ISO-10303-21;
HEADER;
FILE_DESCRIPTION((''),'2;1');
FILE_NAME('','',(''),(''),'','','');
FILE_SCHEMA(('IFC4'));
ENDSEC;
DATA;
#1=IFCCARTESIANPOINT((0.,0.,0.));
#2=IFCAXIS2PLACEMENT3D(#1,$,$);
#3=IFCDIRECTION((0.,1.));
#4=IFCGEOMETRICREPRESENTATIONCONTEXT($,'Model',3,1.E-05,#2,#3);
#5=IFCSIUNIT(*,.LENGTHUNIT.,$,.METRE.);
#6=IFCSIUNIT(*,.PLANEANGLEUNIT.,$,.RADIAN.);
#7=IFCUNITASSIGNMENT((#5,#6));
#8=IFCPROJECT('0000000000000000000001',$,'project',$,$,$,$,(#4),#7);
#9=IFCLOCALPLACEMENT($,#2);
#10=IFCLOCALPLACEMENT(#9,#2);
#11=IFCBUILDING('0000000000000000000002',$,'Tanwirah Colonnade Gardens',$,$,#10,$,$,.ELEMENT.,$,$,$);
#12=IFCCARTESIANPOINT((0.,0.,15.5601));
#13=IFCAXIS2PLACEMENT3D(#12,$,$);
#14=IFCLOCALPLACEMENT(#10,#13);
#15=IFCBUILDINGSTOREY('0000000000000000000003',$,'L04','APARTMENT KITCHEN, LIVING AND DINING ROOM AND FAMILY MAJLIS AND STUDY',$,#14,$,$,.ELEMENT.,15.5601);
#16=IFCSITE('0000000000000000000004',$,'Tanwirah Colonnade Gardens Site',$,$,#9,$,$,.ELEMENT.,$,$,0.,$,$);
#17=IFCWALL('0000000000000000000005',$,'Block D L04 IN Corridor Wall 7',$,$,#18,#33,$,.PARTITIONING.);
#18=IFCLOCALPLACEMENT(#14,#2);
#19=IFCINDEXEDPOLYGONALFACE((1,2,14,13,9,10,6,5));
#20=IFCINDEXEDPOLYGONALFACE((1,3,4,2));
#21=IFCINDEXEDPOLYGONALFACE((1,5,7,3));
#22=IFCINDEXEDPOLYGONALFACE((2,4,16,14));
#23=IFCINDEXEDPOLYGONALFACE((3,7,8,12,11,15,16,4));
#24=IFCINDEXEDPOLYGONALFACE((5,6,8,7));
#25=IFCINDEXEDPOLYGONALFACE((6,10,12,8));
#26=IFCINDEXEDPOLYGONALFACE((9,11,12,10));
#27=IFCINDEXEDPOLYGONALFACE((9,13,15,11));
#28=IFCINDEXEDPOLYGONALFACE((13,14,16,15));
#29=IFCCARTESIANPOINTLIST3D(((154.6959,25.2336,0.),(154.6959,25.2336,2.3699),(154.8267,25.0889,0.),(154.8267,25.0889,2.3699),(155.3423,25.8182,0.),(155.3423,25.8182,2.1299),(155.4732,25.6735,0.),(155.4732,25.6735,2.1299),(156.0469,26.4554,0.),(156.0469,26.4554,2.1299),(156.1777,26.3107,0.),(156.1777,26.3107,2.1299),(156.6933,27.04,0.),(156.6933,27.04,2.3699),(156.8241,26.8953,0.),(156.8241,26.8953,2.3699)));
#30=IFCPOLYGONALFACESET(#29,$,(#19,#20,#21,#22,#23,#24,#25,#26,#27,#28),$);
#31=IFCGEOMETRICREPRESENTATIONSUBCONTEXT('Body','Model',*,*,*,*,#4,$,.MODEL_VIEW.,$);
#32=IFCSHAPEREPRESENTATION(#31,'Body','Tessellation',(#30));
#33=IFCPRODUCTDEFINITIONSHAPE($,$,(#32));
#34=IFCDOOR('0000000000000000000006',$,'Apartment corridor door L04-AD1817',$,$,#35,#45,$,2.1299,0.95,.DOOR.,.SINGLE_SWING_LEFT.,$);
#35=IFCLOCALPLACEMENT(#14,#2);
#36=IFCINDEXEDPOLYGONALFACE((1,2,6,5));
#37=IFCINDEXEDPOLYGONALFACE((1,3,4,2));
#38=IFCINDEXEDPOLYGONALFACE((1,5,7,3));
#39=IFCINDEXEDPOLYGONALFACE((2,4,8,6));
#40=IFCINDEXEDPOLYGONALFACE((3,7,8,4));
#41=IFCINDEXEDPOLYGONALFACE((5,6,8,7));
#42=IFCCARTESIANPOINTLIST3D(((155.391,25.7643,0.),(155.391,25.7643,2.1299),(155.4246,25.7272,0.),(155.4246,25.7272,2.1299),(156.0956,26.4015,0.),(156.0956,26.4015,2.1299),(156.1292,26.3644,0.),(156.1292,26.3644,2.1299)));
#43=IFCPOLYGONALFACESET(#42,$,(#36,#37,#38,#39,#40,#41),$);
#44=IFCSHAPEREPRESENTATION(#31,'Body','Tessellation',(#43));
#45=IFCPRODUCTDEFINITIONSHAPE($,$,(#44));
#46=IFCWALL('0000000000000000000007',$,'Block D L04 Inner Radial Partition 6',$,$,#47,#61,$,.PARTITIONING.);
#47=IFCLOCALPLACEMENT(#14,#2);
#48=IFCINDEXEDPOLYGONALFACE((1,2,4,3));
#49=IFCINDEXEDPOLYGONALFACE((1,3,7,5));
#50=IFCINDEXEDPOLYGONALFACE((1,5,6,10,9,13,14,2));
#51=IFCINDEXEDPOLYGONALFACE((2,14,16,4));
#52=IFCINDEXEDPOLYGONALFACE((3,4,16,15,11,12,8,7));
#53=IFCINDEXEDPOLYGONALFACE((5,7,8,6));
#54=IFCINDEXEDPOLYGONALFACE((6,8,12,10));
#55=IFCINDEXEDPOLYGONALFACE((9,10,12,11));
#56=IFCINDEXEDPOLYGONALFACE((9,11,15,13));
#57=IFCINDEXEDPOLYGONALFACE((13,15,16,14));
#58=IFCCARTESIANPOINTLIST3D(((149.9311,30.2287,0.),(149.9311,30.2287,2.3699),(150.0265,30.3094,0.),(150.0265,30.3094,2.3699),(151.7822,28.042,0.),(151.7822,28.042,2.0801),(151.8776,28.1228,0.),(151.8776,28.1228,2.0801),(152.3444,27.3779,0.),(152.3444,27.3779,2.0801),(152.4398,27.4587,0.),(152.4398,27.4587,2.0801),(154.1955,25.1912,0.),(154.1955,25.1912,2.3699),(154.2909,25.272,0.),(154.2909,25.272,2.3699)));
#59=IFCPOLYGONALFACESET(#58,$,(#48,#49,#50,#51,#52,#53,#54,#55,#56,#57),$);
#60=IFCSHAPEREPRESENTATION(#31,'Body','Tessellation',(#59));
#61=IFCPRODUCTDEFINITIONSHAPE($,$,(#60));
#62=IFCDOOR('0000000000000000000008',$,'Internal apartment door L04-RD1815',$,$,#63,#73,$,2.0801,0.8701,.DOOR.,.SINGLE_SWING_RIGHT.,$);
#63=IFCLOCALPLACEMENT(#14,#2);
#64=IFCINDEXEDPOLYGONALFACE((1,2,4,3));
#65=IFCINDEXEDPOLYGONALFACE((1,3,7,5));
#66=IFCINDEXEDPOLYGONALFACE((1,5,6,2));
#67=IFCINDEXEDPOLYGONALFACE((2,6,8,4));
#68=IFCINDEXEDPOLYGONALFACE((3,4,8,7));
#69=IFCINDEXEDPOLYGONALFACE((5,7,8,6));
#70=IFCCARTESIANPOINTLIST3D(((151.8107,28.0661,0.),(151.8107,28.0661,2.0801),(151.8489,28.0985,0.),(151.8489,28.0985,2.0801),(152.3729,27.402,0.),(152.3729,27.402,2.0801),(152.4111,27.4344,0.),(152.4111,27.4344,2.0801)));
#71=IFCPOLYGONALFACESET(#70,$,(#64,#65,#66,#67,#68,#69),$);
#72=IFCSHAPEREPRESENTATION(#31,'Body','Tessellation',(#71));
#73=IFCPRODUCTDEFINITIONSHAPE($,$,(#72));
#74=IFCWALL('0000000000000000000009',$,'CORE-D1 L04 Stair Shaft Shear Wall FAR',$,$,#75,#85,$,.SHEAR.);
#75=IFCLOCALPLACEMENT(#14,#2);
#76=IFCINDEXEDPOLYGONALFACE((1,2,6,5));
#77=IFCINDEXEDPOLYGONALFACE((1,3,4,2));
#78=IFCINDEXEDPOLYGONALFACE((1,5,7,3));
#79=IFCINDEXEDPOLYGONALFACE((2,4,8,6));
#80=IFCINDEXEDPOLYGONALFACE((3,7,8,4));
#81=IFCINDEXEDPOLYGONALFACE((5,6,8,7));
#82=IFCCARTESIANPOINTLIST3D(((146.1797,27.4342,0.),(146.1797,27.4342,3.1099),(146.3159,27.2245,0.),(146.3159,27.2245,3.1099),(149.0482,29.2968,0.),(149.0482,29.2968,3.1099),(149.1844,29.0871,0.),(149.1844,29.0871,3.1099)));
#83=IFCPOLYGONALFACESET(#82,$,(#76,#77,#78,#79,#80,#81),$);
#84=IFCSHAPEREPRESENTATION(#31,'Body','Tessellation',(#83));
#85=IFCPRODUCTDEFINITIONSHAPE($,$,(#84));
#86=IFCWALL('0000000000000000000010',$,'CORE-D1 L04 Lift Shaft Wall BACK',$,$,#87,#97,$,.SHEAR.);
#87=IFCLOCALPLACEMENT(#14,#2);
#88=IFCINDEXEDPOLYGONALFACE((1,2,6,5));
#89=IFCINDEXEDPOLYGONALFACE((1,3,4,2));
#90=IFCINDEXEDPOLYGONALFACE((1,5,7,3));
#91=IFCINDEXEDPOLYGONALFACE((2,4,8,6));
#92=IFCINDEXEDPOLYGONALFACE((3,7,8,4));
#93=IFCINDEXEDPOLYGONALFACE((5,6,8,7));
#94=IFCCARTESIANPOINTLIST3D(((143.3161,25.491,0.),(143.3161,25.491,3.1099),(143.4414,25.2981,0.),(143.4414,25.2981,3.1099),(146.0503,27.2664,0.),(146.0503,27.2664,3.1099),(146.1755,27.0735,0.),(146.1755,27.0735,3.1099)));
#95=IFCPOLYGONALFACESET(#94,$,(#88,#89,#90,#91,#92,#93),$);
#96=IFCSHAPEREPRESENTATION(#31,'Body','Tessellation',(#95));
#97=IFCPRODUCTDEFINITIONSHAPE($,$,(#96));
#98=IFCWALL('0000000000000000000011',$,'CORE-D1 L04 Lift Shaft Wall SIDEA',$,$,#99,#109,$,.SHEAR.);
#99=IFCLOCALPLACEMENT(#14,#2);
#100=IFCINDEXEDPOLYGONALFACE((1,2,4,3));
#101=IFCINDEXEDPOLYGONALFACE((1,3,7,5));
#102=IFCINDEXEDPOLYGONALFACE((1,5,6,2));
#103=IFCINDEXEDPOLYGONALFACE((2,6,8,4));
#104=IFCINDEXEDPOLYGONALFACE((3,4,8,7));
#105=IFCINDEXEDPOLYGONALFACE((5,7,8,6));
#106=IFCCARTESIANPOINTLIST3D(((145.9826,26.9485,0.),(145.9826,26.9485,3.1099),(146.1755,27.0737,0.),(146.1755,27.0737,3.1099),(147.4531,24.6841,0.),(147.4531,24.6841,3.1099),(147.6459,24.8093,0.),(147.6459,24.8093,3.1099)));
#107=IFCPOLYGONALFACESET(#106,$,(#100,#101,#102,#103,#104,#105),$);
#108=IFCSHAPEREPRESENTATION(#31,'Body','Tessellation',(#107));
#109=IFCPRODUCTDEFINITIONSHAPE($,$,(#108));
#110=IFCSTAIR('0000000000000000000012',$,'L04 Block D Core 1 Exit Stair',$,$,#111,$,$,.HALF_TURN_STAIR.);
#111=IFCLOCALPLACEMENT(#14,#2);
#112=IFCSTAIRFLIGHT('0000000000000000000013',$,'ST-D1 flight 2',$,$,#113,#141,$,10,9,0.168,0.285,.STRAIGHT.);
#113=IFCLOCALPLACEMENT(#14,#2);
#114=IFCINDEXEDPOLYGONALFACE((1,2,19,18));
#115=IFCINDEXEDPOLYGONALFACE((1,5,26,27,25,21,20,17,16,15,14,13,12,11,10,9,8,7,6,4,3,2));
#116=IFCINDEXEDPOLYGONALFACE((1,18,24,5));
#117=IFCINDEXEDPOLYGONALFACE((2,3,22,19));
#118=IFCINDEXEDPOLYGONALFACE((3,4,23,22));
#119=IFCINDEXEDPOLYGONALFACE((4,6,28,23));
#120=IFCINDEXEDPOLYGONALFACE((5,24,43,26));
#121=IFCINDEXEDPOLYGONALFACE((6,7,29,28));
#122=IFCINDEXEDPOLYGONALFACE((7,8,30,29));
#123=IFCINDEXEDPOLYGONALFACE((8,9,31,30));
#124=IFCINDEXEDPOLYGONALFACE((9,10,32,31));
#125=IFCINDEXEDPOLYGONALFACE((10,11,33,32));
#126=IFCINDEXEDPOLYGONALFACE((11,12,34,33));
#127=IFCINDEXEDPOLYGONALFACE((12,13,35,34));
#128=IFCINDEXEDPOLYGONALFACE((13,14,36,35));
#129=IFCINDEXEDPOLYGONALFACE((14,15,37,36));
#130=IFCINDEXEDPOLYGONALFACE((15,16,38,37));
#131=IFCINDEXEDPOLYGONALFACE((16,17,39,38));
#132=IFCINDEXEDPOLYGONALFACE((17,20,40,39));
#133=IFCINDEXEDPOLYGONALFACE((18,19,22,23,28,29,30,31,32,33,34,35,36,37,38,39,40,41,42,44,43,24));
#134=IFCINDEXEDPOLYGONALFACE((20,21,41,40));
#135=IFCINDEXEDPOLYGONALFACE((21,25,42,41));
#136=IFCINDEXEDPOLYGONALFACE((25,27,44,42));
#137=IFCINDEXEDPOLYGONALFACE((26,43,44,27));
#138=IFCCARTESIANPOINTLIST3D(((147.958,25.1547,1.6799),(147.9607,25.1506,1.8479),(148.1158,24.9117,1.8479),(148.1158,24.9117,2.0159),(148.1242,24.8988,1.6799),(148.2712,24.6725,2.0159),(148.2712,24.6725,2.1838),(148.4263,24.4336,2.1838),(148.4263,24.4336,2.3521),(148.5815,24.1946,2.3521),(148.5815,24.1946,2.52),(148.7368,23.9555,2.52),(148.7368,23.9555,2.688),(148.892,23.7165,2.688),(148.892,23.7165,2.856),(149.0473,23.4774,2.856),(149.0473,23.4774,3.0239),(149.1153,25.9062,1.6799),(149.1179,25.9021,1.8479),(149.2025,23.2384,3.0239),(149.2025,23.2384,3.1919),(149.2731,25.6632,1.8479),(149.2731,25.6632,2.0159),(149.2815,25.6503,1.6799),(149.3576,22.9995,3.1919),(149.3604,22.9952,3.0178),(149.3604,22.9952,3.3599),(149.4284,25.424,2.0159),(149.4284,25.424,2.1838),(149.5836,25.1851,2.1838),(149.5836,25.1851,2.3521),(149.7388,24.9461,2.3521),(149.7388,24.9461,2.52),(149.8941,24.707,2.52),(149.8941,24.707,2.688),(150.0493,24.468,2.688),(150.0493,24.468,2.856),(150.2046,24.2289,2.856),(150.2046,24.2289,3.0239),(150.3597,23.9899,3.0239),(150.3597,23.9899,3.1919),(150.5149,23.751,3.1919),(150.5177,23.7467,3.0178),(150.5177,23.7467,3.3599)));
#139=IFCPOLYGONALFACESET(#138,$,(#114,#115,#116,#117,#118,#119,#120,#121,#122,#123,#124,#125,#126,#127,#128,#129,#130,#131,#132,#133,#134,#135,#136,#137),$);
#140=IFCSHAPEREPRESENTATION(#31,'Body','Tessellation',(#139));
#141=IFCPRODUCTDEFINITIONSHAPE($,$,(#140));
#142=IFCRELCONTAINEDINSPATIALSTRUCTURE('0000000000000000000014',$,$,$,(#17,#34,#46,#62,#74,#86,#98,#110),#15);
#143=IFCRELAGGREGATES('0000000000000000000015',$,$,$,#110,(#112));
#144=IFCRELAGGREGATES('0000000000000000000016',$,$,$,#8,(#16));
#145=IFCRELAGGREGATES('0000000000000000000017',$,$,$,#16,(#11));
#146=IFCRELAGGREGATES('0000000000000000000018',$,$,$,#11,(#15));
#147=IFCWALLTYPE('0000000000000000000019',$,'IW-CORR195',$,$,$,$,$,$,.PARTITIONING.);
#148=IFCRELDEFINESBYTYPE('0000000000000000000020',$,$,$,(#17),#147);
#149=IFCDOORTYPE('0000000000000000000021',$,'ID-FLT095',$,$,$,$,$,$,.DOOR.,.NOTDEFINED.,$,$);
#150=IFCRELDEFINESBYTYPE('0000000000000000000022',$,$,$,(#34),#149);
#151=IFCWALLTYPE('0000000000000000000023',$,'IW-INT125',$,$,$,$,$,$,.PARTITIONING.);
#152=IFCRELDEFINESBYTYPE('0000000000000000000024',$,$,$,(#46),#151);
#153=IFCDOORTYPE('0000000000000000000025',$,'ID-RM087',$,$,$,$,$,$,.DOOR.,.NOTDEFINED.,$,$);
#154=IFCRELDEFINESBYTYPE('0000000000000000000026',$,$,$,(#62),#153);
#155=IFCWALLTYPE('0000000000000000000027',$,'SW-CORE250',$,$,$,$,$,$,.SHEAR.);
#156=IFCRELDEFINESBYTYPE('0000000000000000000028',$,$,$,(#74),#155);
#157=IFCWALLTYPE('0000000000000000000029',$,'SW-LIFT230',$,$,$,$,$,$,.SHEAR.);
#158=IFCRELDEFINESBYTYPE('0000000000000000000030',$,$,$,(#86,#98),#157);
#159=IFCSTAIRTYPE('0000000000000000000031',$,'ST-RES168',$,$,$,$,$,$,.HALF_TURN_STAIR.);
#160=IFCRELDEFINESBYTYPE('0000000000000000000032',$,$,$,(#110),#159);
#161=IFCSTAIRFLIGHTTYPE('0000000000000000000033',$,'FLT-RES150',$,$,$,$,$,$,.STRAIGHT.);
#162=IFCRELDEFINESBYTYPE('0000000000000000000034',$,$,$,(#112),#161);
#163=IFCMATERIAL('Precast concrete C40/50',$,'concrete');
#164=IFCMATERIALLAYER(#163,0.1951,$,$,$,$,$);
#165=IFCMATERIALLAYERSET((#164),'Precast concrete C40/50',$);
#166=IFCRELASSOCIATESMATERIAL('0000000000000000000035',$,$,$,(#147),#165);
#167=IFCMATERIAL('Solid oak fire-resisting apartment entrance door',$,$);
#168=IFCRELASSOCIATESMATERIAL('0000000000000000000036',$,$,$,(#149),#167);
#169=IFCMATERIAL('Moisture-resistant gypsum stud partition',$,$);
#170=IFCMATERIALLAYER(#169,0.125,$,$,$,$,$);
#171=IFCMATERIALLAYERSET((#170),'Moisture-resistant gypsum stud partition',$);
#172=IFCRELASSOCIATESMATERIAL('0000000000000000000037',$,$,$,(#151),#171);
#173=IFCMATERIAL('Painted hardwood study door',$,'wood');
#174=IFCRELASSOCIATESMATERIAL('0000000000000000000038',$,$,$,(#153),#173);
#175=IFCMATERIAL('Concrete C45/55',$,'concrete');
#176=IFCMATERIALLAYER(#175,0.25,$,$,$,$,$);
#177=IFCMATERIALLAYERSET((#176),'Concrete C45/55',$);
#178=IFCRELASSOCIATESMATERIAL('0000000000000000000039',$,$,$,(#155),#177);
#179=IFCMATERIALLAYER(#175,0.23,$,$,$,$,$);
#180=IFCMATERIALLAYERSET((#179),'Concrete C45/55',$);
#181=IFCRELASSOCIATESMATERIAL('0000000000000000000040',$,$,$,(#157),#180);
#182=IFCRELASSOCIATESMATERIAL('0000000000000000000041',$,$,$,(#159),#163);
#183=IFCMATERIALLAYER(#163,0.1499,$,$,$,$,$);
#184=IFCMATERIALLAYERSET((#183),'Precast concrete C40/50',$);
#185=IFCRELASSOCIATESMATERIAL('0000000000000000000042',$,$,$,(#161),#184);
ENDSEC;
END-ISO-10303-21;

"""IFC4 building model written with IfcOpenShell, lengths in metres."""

from ifc_helpers import new_model, si_unit, direction, frame, frame_2d, origin, place, context, subcontext, project, spatial, polyline, rectangle, outline, extrude, material, layer, layer_set, type_object, element, fill, aggregate, save


model = new_model("IFC4")

# Units and contexts
model_context = context("Model", 3, precision=1e-05, world=origin(), true_north=direction((0.0, 1.0)))
body_context = subcontext(model_context, "Body", "Model", "MODEL_VIEW")
ifc_project = project(units=[si_unit("LENGTHUNIT", "METRE"), si_unit("PLANEANGLEUNIT", "RADIAN")], contexts=[model_context])

# Site, building, storey
site_placement = place(None, origin())
site = spatial("IfcSite", under=ifc_project, at=site_placement, Name="Tanwirah Colonnade Gardens Site", CompositionType="ELEMENT", RefElevation=0.0)
building_placement = place(site_placement, origin())
building = spatial("IfcBuilding", under=site, at=building_placement, Name="Tanwirah Colonnade Gardens", CompositionType="ELEMENT")
storey_placement = place(building_placement, frame((0.0, 0.0, 15.5601)))
storey = spatial("IfcBuildingStorey", under=building, at=storey_placement, Name="L04", Description="APARTMENT KITCHEN, LIVING AND DINING ROOM AND FAMILY MAJLIS AND STUDY", CompositionType="ELEMENT", Elevation=15.5601)

# Shared definitions
ifc_material_1 = material(Name="Precast concrete C40/50", Category="concrete")

# Walls, openings, doors
ifc_layer_1 = layer(ifc_material_1, 0.1951)
ifc_layer_set_1 = layer_set([ifc_layer_1], Name="Precast concrete C40/50")
wall_type_1 = type_object("IfcWallType", Name="IW-CORR195", PredefinedType="PARTITIONING", material=ifc_layer_set_1)
wall_1_placement = place(storey_placement, frame((154.7612, 25.1611, 0.0), z_axis=(0.0, 0.0, 1.0), x_axis=(0.741665, 0.670771, 0.0)))
wall_1 = element("IfcWall", 1, at=wall_1_placement, inside=storey, type_object=wall_type_1, Name="Block D L04 IN Corridor Wall 7", PredefinedType="PARTITIONING", context=body_context, shape_type="SweptSolid", body=[
    extrude(rectangle(XDim=2.6931, YDim=0.1951, at=frame_2d((1.3467, 0.0))), origin(), (0.0, 0.0, 1.0), 2.3699),
])
opening_1_placement = place(wall_1_placement, frame((0.8716, 0.0, 0.0)))
opening_1 = element("IfcOpeningElement", 2, at=opening_1_placement, cuts=wall_1, PredefinedType="OPENING", context=body_context, shape_type="SweptSolid", body=[
    extrude(rectangle(XDim=0.95, YDim=2.1299, at=frame_2d((0.4751, 1.0649))), frame((0.0, 0.1074, 0.0), z_axis=(0.0, -1.0, 0.0), x_axis=(1.0, 0.0, 0.0)), (0.0, 0.0, 1.0), 0.2151),
])
ifc_material_2 = material(Name="Solid oak fire-resisting apartment entrance door")
door_type_1 = type_object("IfcDoorType", Name="ID-FLT095", OperationType="NOTDEFINED", PredefinedType="DOOR", material=ifc_material_2)
door_1_placement = place(opening_1_placement, origin())
door_1 = element("IfcDoor", 3, at=door_1_placement, inside=storey, type_object=door_type_1, Name="Apartment corridor door L04-AD1817", OperationType="SINGLE_SWING_LEFT", OverallHeight=2.1299, OverallWidth=0.95, PredefinedType="DOOR", context=body_context, shape_type="SweptSolid", body=[
    extrude(rectangle(XDim=0.95, YDim=2.1299, at=frame_2d((0.4751, 1.0649))), frame((0.0, 0.0249, 0.0), z_axis=(0.0, -1.0, 0.0), x_axis=(1.0, 0.0, 0.0)), (0.0, 0.0, 1.0), 0.05),
])
fill(opening_1, door_1)
ifc_material_3 = material(Name="Moisture-resistant gypsum stud partition")
ifc_layer_2 = layer(ifc_material_3, 0.125)
ifc_layer_set_2 = layer_set([ifc_layer_2], Name="Moisture-resistant gypsum stud partition")
wall_type_2 = type_object("IfcWallType", Name="IW-INT125", PredefinedType="PARTITIONING", material=ifc_layer_set_2)
wall_2_placement = place(storey_placement, frame((149.9788, 30.269, 0.0), z_axis=(0.0, 0.0, 1.0), x_axis=(0.646121, -0.763235, 0.0)))
wall_2 = element("IfcWall", 4, at=wall_2_placement, inside=storey, type_object=wall_type_2, Name="Block D L04 Inner Radial Partition 6", PredefinedType="PARTITIONING", context=body_context, shape_type="SweptSolid", body=[
    extrude(rectangle(XDim=6.6001, YDim=0.125, at=frame_2d((3.3, 0.0))), origin(), (0.0, 0.0, 1.0), 2.3699),
])
opening_2_placement = place(wall_2_placement, frame((2.865, 0.0, 0.0)))
opening_2 = element("IfcOpeningElement", 5, at=opening_2_placement, cuts=wall_2, PredefinedType="OPENING", context=body_context, shape_type="SweptSolid", body=[
    extrude(rectangle(XDim=0.8701, YDim=2.0801, at=frame_2d((0.4351, 1.04))), frame((0.0, 0.0725, 0.0), z_axis=(0.0, -1.0, 0.0), x_axis=(1.0, 0.0, 0.0)), (0.0, 0.0, 1.0), 0.145),
])
ifc_material_4 = material(Name="Painted hardwood study door", Category="wood")
door_type_2 = type_object("IfcDoorType", Name="ID-RM087", OperationType="NOTDEFINED", PredefinedType="DOOR", material=ifc_material_4)
door_2_placement = place(opening_2_placement, origin())
door_2 = element("IfcDoor", 6, at=door_2_placement, inside=storey, type_object=door_type_2, Name="Internal apartment door L04-RD1815", OperationType="SINGLE_SWING_RIGHT", OverallHeight=2.0801, OverallWidth=0.8701, PredefinedType="DOOR", context=body_context, shape_type="SweptSolid", body=[
    extrude(rectangle(XDim=0.8701, YDim=2.0801, at=frame_2d((0.4351, 1.04))), frame((0.0, 0.0249, 0.0), z_axis=(0.0, -1.0, 0.0), x_axis=(1.0, 0.0, 0.0)), (0.0, 0.0, 1.0), 0.05),
])
fill(opening_2, door_2)

# Wall
ifc_material_5 = material(Name="Concrete C45/55", Category="concrete")
ifc_layer_3 = layer(ifc_material_5, 0.25)
ifc_layer_set_3 = layer_set([ifc_layer_3], Name="Concrete C45/55")
wall_type_3 = type_object("IfcWallType", Name="SW-CORE250", PredefinedType="SHEAR", material=ifc_layer_set_3)
wall_3_placement = place(storey_placement, frame((149.1162, 29.1919, 0.0), z_axis=(0.0, 0.0, 1.0), x_axis=(-0.8387, -0.544594, 0.0)))
element("IfcWall", 7, at=wall_3_placement, inside=storey, type_object=wall_type_3, Name="CORE-D1 L04 Stair Shaft Shear Wall FAR", PredefinedType="SHEAR", context=body_context, shape_type="SweptSolid", body=[
    extrude(rectangle(XDim=3.4202, YDim=0.25, at=frame_2d((1.71, 0.0))), origin(), (0.0, 0.0, 1.0), 3.1099),
])

# Shared definitions
ifc_layer_4 = layer(ifc_material_5, 0.23)
ifc_layer_set_4 = layer_set([ifc_layer_4], Name="Concrete C45/55")
wall_type_4 = type_object("IfcWallType", Name="SW-LIFT230", PredefinedType="SHEAR", material=ifc_layer_set_4)

# Walls
wall_4_placement = place(storey_placement, frame((146.1128, 27.1699, 0.0), z_axis=(0.0, 0.0, 1.0), x_axis=(-0.838695, -0.544601, 0.0)))
element("IfcWall", 8, at=wall_4_placement, inside=storey, type_object=wall_type_4, Name="CORE-D1 L04 Lift Shaft Wall BACK", PredefinedType="SHEAR", context=body_context, shape_type="SweptSolid", body=[
    extrude(rectangle(XDim=3.26, YDim=0.23, at=frame_2d((1.6299, 0.0))), origin(), (0.0, 0.0, 1.0), 3.1099),
])
wall_5_placement = place(storey_placement, frame((147.5496, 24.7466, 0.0), z_axis=(0.0, 0.0, 1.0), x_axis=(-0.544623, 0.838681, 0.0)))
element("IfcWall", 9, at=wall_5_placement, inside=storey, type_object=wall_type_4, Name="CORE-D1 L04 Lift Shaft Wall SIDEA", PredefinedType="SHEAR", context=body_context, shape_type="SweptSolid", body=[
    extrude(rectangle(XDim=2.7, YDim=0.23, at=frame_2d((1.3501, 0.0))), origin(), (0.0, 0.0, 1.0), 3.1099),
])

# Stair, stair flight
stair_type = type_object("IfcStairType", Name="ST-RES168", PredefinedType="HALF_TURN_STAIR", material=ifc_material_1)
stair_placement = place(storey_placement, origin())
stair = element("IfcStair", 10, at=stair_placement, inside=storey, type_object=stair_type, Name="L04 Block D Core 1 Exit Stair", PredefinedType="HALF_TURN_STAIR")
ifc_layer_5 = layer(ifc_material_1, 0.1499)
ifc_layer_set_5 = layer_set([ifc_layer_5], Name="Precast concrete C40/50")
stair_flight_type = type_object("IfcStairFlightType", Name="FLT-RES150", PredefinedType="STRAIGHT", material=ifc_layer_set_5)
stair_flight_placement = place(storey_placement, frame((148.5393, 25.5264, 1.6799), z_axis=(0.0, 0.0, 1.0), x_axis=(0.544639, -0.838671, 0.0)))
stair_flight = element("IfcStairFlight", 11, at=stair_flight_placement, type_object=stair_flight_type, Name="ST-D1 flight 2", NumberOfRisers=10, NumberOfTreads=9, PredefinedType="STRAIGHT", RiserHeight=0.168, TreadLength=0.285, context=body_context, shape_type="SweptSolid", body=[
    extrude(outline(polyline([(-0.0049, 0.0), (0.0, 0.168), (0.2849, 0.168), (0.2849, 0.3359), (0.5701, 0.3359), (0.5701, 0.5039), (0.855, 0.5039), (0.855, 0.6721), (1.1399, 0.6721), (1.1399, 0.8401), (1.425, 0.8401), (1.425, 1.0081), (1.71, 1.0081), (1.71, 1.176), (1.9951, 1.176), (1.9951, 1.344), (2.28, 1.344), (2.28, 1.512), (2.5649, 1.512), (2.5701, 1.6799), (2.5701, 1.3379), (0.3003, 0.0), (-0.0049, 0.0)])), frame((0.0, 0.6899, 0.0), z_axis=(0.0, -1.0, 0.0), x_axis=(1.0, 0.0, 0.0)), (0.0, 0.0, 1.0), 1.3799),
])
aggregate(stair, [stair_flight])

save(model, "model.ifc")
